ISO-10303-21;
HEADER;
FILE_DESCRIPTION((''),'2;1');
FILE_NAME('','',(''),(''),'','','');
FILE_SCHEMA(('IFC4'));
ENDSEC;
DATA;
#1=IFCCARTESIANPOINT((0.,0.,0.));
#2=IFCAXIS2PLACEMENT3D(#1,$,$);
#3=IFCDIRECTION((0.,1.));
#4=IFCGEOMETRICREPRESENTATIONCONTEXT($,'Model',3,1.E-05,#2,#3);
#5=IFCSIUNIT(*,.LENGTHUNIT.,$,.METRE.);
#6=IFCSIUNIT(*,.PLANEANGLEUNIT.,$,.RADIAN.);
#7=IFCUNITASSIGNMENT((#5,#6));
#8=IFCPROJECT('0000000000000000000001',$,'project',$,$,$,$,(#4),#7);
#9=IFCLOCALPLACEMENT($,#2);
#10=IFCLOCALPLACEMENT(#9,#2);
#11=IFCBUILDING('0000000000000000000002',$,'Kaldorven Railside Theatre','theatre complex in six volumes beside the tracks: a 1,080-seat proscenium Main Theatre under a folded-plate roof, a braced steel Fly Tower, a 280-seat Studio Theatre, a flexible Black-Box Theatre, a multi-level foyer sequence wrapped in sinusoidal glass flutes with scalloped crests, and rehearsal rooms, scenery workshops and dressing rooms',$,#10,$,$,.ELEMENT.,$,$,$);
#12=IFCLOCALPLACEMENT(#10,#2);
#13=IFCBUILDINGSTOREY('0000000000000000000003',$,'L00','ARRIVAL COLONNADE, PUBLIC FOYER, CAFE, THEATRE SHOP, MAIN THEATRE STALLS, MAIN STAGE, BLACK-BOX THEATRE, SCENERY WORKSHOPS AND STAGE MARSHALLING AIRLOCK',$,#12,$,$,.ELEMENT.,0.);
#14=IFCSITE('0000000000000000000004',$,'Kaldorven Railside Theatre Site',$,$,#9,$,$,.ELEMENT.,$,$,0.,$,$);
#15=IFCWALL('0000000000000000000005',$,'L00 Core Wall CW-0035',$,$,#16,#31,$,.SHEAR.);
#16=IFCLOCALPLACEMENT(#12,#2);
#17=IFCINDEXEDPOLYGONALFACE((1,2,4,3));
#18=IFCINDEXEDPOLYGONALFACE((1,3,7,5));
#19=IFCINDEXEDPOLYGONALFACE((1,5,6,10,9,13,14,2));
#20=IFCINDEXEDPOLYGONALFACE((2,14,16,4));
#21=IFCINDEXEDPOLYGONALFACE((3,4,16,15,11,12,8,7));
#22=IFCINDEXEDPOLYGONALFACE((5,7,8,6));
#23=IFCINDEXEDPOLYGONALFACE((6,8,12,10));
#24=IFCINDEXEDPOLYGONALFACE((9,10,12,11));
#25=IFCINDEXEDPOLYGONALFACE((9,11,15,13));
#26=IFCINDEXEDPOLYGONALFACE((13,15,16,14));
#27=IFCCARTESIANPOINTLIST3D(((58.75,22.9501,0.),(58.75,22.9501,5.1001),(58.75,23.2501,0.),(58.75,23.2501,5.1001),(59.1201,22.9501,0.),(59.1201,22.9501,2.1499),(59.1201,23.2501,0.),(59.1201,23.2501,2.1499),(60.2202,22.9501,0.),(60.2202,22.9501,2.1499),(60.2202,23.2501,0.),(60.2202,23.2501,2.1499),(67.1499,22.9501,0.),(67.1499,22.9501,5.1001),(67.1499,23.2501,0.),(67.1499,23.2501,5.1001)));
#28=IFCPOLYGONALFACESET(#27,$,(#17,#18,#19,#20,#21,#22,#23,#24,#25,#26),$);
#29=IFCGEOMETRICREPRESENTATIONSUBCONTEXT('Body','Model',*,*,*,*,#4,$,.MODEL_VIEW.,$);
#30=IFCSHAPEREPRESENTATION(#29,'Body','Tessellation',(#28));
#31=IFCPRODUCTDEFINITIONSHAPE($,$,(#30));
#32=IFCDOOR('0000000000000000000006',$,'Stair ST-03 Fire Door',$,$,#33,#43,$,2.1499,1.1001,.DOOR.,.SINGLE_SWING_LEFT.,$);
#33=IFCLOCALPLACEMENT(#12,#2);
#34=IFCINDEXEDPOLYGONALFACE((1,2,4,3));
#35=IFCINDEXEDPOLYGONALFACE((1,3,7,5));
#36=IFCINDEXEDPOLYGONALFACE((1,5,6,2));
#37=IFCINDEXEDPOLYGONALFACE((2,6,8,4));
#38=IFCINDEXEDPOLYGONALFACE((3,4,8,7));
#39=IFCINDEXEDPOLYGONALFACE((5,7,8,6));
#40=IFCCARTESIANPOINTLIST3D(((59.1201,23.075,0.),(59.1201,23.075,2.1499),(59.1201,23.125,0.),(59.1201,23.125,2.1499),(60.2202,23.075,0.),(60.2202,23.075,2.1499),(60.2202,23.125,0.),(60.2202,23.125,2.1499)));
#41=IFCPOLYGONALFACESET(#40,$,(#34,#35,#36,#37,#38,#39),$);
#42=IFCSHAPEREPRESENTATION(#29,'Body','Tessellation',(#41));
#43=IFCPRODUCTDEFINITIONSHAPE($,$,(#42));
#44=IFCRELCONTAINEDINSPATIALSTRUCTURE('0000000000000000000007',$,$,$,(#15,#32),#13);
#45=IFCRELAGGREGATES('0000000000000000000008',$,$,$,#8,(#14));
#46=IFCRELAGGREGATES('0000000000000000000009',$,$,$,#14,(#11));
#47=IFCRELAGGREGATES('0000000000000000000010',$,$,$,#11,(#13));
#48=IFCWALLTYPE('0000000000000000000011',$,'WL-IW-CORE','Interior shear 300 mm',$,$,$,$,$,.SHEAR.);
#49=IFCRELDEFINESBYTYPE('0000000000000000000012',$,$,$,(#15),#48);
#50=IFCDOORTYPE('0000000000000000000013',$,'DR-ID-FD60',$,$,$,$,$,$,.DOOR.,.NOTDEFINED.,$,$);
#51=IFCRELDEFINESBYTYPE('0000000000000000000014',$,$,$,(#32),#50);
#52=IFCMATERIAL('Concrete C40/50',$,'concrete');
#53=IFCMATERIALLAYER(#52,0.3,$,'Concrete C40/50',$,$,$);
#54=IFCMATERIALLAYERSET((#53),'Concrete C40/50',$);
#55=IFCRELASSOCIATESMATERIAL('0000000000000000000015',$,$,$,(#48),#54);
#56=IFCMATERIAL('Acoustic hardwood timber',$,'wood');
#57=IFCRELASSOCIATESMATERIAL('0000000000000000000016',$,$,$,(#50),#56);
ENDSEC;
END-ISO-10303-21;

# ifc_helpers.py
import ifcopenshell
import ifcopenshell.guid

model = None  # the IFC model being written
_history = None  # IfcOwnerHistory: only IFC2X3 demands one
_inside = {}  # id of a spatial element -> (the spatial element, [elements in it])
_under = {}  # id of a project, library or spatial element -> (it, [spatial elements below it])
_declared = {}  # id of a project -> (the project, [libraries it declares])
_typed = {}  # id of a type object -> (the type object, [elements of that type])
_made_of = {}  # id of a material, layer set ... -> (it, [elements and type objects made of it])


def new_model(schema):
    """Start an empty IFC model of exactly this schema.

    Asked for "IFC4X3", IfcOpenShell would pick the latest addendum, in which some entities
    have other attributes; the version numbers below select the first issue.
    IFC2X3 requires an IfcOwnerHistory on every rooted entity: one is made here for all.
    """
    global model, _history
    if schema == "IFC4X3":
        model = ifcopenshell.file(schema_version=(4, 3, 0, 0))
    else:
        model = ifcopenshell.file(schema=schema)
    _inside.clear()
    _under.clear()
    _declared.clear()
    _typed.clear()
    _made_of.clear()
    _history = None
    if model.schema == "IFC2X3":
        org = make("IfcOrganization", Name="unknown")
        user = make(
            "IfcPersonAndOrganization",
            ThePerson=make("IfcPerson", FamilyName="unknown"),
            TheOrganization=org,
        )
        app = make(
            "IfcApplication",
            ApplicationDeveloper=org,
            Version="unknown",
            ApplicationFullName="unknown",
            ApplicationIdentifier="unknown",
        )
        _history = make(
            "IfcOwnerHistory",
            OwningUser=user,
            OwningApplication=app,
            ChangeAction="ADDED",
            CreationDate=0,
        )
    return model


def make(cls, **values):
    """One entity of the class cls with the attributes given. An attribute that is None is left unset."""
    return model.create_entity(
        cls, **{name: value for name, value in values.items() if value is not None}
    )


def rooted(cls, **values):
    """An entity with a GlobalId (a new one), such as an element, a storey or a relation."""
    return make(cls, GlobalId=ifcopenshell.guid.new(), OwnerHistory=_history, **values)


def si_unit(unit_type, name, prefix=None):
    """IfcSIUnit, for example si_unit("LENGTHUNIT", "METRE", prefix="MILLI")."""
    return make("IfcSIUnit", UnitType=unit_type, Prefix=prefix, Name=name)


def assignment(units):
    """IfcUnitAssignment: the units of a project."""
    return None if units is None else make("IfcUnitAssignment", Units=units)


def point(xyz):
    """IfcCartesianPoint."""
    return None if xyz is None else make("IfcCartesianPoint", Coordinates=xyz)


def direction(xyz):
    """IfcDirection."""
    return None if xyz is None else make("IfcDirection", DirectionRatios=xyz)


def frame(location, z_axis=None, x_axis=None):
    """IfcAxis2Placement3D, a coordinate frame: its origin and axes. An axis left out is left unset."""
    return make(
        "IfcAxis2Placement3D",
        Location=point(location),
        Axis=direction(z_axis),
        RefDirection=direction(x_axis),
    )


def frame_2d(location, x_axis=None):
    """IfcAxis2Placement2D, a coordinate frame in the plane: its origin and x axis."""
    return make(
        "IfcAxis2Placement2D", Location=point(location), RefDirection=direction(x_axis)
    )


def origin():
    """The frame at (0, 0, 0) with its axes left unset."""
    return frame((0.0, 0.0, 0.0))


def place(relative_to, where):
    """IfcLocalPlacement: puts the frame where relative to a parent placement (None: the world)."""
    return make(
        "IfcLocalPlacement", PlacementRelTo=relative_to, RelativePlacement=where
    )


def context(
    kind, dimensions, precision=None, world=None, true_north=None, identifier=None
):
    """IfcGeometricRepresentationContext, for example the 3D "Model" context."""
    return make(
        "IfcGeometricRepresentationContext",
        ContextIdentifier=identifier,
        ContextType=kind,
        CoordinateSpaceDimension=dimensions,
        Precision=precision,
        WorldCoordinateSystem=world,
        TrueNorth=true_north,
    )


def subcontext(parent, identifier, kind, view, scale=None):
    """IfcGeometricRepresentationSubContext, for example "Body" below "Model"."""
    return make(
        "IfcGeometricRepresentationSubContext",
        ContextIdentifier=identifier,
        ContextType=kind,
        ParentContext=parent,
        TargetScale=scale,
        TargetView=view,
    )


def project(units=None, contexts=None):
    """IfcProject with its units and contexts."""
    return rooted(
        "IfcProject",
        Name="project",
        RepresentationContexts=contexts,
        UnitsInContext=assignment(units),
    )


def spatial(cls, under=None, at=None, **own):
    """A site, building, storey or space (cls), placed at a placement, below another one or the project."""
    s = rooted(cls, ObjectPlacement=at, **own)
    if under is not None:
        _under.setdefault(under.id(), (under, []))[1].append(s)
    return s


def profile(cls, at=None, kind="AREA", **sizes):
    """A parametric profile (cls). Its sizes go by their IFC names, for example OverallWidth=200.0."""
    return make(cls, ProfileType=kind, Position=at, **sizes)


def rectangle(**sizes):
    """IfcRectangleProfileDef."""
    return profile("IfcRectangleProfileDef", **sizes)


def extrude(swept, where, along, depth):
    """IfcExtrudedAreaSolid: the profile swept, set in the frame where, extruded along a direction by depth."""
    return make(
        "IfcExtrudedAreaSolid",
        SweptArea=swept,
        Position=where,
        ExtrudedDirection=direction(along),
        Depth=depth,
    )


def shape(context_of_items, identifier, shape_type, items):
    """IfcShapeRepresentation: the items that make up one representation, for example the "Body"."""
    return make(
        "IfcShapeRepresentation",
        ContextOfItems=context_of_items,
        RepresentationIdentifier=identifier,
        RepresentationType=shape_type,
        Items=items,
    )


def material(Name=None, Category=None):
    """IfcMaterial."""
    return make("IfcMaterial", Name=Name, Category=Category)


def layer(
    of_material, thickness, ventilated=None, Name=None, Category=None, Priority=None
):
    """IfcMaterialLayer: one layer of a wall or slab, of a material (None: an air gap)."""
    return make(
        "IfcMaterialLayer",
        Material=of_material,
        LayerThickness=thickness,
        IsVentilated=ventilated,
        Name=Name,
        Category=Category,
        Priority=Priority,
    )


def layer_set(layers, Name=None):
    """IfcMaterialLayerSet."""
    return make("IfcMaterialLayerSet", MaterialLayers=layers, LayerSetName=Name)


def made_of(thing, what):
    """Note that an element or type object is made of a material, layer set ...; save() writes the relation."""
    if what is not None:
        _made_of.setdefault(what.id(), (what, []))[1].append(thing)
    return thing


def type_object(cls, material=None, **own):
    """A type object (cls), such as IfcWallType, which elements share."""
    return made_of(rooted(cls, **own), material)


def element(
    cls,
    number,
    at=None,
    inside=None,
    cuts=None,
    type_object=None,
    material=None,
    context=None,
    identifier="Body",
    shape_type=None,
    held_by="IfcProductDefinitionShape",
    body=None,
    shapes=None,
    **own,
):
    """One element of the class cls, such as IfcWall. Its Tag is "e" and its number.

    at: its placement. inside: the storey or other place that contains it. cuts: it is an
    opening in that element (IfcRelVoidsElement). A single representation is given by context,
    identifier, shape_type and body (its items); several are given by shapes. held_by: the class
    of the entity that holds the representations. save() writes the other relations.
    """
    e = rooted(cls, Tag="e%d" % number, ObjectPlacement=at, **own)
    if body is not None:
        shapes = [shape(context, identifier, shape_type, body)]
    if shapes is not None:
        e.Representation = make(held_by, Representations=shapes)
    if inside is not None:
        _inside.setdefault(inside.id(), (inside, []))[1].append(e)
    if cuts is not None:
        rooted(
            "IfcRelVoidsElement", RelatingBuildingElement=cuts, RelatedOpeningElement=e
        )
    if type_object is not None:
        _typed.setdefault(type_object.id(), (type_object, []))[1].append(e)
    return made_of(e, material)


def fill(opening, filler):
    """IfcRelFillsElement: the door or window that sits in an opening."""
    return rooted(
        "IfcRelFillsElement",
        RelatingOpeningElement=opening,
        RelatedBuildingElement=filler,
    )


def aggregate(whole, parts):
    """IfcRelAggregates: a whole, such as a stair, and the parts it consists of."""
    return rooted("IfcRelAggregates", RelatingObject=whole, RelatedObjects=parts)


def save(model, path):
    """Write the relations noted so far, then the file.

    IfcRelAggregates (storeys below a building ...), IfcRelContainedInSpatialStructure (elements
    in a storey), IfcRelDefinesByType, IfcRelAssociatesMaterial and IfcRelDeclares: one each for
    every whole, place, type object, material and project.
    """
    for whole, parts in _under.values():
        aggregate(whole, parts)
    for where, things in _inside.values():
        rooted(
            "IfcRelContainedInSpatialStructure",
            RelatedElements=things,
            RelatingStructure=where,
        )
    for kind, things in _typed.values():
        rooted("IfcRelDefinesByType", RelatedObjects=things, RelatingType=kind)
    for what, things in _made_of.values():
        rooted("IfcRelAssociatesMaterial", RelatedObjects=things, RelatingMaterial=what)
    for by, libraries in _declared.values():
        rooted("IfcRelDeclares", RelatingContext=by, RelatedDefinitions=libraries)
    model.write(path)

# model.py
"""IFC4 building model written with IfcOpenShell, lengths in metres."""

from ifc_helpers import new_model, si_unit, direction, frame, frame_2d, origin, place, context, subcontext, project, spatial, rectangle, extrude, material, layer, layer_set, type_object, element, fill, save


model = new_model("IFC4")

# Units and contexts
model_context = context("Model", 3, precision=1e-05, world=origin(), true_north=direction((0.0, 1.0)))
body_context = subcontext(model_context, "Body", "Model", "MODEL_VIEW")
ifc_project = project(units=[si_unit("LENGTHUNIT", "METRE"), si_unit("PLANEANGLEUNIT", "RADIAN")], contexts=[model_context])

# Site, building, storey
site_placement = place(None, origin())
site = spatial("IfcSite", under=ifc_project, at=site_placement, Name="Kaldorven Railside Theatre Site", CompositionType="ELEMENT", RefElevation=0.0)
building_placement = place(site_placement, origin())
building = spatial("IfcBuilding", under=site, at=building_placement, Name="Kaldorven Railside Theatre", Description="theatre complex in six volumes beside the tracks: a 1,080-seat proscenium Main Theatre under a folded-plate roof, a braced steel Fly Tower, a 280-seat Studio Theatre, a flexible Black-Box Theatre, a multi-level foyer sequence wrapped in sinusoidal glass flutes with scalloped crests, and rehearsal rooms, scenery workshops and dressing rooms", CompositionType="ELEMENT")
storey_placement = place(building_placement, origin())
storey = spatial("IfcBuildingStorey", under=building, at=storey_placement, Name="L00", Description="ARRIVAL COLONNADE, PUBLIC FOYER, CAFE, THEATRE SHOP, MAIN THEATRE STALLS, MAIN STAGE, BLACK-BOX THEATRE, SCENERY WORKSHOPS AND STAGE MARSHALLING AIRLOCK", CompositionType="ELEMENT", Elevation=0.0)

# Shared definitions
ifc_material_1 = material(Name="Concrete C40/50", Category="concrete")

# Wall, opening, door
ifc_layer = layer(ifc_material_1, 0.3, Name="Concrete C40/50")
ifc_layer_set = layer_set([ifc_layer], Name="Concrete C40/50")
wall_type = type_object("IfcWallType", Name="WL-IW-CORE", Description="Interior shear 300 mm", PredefinedType="SHEAR", material=ifc_layer_set)
wall_placement = place(storey_placement, frame((58.75, 23.1001, 0.0), z_axis=(0.0, 0.0, 1.0), x_axis=(1.0, 0.0, 0.0)))
wall = element("IfcWall", 1, at=wall_placement, inside=storey, type_object=wall_type, Name="L00 Core Wall CW-0035", PredefinedType="SHEAR", context=body_context, shape_type="SweptSolid", body=[
    extrude(rectangle(XDim=8.3999, YDim=0.3, at=frame_2d((4.2, 0.0))), origin(), (0.0, 0.0, 1.0), 5.1001),
])
opening_placement = place(wall_placement, frame((0.3701, 0.0, 0.0)))
opening = element("IfcOpeningElement", 2, at=opening_placement, cuts=wall, PredefinedType="OPENING", context=body_context, shape_type="SweptSolid", body=[
    extrude(rectangle(XDim=1.1001, YDim=2.1499, at=frame_2d((0.55, 1.075))), frame((0.0, 0.1602, 0.0), z_axis=(0.0, -1.0, 0.0), x_axis=(1.0, 0.0, 0.0)), (0.0, 0.0, 1.0), 0.3201),
])
ifc_material_2 = material(Name="Acoustic hardwood timber", Category="wood")
door_type = type_object("IfcDoorType", Name="DR-ID-FD60", OperationType="NOTDEFINED", PredefinedType="DOOR", material=ifc_material_2)
door_placement = place(opening_placement, origin())
door = element("IfcDoor", 3, at=door_placement, inside=storey, type_object=door_type, Name="Stair ST-03 Fire Door", OperationType="SINGLE_SWING_LEFT", OverallHeight=2.1499, OverallWidth=1.1001, PredefinedType="DOOR", context=body_context, shape_type="SweptSolid", body=[
    extrude(rectangle(XDim=1.1001, YDim=2.1499, at=frame_2d((0.55, 1.075))), frame((0.0, 0.0249, 0.0), z_axis=(0.0, -1.0, 0.0), x_axis=(1.0, 0.0, 0.0)), (0.0, 0.0, 1.0), 0.05),
])
fill(opening, door)

save(model, "model.ifc")
